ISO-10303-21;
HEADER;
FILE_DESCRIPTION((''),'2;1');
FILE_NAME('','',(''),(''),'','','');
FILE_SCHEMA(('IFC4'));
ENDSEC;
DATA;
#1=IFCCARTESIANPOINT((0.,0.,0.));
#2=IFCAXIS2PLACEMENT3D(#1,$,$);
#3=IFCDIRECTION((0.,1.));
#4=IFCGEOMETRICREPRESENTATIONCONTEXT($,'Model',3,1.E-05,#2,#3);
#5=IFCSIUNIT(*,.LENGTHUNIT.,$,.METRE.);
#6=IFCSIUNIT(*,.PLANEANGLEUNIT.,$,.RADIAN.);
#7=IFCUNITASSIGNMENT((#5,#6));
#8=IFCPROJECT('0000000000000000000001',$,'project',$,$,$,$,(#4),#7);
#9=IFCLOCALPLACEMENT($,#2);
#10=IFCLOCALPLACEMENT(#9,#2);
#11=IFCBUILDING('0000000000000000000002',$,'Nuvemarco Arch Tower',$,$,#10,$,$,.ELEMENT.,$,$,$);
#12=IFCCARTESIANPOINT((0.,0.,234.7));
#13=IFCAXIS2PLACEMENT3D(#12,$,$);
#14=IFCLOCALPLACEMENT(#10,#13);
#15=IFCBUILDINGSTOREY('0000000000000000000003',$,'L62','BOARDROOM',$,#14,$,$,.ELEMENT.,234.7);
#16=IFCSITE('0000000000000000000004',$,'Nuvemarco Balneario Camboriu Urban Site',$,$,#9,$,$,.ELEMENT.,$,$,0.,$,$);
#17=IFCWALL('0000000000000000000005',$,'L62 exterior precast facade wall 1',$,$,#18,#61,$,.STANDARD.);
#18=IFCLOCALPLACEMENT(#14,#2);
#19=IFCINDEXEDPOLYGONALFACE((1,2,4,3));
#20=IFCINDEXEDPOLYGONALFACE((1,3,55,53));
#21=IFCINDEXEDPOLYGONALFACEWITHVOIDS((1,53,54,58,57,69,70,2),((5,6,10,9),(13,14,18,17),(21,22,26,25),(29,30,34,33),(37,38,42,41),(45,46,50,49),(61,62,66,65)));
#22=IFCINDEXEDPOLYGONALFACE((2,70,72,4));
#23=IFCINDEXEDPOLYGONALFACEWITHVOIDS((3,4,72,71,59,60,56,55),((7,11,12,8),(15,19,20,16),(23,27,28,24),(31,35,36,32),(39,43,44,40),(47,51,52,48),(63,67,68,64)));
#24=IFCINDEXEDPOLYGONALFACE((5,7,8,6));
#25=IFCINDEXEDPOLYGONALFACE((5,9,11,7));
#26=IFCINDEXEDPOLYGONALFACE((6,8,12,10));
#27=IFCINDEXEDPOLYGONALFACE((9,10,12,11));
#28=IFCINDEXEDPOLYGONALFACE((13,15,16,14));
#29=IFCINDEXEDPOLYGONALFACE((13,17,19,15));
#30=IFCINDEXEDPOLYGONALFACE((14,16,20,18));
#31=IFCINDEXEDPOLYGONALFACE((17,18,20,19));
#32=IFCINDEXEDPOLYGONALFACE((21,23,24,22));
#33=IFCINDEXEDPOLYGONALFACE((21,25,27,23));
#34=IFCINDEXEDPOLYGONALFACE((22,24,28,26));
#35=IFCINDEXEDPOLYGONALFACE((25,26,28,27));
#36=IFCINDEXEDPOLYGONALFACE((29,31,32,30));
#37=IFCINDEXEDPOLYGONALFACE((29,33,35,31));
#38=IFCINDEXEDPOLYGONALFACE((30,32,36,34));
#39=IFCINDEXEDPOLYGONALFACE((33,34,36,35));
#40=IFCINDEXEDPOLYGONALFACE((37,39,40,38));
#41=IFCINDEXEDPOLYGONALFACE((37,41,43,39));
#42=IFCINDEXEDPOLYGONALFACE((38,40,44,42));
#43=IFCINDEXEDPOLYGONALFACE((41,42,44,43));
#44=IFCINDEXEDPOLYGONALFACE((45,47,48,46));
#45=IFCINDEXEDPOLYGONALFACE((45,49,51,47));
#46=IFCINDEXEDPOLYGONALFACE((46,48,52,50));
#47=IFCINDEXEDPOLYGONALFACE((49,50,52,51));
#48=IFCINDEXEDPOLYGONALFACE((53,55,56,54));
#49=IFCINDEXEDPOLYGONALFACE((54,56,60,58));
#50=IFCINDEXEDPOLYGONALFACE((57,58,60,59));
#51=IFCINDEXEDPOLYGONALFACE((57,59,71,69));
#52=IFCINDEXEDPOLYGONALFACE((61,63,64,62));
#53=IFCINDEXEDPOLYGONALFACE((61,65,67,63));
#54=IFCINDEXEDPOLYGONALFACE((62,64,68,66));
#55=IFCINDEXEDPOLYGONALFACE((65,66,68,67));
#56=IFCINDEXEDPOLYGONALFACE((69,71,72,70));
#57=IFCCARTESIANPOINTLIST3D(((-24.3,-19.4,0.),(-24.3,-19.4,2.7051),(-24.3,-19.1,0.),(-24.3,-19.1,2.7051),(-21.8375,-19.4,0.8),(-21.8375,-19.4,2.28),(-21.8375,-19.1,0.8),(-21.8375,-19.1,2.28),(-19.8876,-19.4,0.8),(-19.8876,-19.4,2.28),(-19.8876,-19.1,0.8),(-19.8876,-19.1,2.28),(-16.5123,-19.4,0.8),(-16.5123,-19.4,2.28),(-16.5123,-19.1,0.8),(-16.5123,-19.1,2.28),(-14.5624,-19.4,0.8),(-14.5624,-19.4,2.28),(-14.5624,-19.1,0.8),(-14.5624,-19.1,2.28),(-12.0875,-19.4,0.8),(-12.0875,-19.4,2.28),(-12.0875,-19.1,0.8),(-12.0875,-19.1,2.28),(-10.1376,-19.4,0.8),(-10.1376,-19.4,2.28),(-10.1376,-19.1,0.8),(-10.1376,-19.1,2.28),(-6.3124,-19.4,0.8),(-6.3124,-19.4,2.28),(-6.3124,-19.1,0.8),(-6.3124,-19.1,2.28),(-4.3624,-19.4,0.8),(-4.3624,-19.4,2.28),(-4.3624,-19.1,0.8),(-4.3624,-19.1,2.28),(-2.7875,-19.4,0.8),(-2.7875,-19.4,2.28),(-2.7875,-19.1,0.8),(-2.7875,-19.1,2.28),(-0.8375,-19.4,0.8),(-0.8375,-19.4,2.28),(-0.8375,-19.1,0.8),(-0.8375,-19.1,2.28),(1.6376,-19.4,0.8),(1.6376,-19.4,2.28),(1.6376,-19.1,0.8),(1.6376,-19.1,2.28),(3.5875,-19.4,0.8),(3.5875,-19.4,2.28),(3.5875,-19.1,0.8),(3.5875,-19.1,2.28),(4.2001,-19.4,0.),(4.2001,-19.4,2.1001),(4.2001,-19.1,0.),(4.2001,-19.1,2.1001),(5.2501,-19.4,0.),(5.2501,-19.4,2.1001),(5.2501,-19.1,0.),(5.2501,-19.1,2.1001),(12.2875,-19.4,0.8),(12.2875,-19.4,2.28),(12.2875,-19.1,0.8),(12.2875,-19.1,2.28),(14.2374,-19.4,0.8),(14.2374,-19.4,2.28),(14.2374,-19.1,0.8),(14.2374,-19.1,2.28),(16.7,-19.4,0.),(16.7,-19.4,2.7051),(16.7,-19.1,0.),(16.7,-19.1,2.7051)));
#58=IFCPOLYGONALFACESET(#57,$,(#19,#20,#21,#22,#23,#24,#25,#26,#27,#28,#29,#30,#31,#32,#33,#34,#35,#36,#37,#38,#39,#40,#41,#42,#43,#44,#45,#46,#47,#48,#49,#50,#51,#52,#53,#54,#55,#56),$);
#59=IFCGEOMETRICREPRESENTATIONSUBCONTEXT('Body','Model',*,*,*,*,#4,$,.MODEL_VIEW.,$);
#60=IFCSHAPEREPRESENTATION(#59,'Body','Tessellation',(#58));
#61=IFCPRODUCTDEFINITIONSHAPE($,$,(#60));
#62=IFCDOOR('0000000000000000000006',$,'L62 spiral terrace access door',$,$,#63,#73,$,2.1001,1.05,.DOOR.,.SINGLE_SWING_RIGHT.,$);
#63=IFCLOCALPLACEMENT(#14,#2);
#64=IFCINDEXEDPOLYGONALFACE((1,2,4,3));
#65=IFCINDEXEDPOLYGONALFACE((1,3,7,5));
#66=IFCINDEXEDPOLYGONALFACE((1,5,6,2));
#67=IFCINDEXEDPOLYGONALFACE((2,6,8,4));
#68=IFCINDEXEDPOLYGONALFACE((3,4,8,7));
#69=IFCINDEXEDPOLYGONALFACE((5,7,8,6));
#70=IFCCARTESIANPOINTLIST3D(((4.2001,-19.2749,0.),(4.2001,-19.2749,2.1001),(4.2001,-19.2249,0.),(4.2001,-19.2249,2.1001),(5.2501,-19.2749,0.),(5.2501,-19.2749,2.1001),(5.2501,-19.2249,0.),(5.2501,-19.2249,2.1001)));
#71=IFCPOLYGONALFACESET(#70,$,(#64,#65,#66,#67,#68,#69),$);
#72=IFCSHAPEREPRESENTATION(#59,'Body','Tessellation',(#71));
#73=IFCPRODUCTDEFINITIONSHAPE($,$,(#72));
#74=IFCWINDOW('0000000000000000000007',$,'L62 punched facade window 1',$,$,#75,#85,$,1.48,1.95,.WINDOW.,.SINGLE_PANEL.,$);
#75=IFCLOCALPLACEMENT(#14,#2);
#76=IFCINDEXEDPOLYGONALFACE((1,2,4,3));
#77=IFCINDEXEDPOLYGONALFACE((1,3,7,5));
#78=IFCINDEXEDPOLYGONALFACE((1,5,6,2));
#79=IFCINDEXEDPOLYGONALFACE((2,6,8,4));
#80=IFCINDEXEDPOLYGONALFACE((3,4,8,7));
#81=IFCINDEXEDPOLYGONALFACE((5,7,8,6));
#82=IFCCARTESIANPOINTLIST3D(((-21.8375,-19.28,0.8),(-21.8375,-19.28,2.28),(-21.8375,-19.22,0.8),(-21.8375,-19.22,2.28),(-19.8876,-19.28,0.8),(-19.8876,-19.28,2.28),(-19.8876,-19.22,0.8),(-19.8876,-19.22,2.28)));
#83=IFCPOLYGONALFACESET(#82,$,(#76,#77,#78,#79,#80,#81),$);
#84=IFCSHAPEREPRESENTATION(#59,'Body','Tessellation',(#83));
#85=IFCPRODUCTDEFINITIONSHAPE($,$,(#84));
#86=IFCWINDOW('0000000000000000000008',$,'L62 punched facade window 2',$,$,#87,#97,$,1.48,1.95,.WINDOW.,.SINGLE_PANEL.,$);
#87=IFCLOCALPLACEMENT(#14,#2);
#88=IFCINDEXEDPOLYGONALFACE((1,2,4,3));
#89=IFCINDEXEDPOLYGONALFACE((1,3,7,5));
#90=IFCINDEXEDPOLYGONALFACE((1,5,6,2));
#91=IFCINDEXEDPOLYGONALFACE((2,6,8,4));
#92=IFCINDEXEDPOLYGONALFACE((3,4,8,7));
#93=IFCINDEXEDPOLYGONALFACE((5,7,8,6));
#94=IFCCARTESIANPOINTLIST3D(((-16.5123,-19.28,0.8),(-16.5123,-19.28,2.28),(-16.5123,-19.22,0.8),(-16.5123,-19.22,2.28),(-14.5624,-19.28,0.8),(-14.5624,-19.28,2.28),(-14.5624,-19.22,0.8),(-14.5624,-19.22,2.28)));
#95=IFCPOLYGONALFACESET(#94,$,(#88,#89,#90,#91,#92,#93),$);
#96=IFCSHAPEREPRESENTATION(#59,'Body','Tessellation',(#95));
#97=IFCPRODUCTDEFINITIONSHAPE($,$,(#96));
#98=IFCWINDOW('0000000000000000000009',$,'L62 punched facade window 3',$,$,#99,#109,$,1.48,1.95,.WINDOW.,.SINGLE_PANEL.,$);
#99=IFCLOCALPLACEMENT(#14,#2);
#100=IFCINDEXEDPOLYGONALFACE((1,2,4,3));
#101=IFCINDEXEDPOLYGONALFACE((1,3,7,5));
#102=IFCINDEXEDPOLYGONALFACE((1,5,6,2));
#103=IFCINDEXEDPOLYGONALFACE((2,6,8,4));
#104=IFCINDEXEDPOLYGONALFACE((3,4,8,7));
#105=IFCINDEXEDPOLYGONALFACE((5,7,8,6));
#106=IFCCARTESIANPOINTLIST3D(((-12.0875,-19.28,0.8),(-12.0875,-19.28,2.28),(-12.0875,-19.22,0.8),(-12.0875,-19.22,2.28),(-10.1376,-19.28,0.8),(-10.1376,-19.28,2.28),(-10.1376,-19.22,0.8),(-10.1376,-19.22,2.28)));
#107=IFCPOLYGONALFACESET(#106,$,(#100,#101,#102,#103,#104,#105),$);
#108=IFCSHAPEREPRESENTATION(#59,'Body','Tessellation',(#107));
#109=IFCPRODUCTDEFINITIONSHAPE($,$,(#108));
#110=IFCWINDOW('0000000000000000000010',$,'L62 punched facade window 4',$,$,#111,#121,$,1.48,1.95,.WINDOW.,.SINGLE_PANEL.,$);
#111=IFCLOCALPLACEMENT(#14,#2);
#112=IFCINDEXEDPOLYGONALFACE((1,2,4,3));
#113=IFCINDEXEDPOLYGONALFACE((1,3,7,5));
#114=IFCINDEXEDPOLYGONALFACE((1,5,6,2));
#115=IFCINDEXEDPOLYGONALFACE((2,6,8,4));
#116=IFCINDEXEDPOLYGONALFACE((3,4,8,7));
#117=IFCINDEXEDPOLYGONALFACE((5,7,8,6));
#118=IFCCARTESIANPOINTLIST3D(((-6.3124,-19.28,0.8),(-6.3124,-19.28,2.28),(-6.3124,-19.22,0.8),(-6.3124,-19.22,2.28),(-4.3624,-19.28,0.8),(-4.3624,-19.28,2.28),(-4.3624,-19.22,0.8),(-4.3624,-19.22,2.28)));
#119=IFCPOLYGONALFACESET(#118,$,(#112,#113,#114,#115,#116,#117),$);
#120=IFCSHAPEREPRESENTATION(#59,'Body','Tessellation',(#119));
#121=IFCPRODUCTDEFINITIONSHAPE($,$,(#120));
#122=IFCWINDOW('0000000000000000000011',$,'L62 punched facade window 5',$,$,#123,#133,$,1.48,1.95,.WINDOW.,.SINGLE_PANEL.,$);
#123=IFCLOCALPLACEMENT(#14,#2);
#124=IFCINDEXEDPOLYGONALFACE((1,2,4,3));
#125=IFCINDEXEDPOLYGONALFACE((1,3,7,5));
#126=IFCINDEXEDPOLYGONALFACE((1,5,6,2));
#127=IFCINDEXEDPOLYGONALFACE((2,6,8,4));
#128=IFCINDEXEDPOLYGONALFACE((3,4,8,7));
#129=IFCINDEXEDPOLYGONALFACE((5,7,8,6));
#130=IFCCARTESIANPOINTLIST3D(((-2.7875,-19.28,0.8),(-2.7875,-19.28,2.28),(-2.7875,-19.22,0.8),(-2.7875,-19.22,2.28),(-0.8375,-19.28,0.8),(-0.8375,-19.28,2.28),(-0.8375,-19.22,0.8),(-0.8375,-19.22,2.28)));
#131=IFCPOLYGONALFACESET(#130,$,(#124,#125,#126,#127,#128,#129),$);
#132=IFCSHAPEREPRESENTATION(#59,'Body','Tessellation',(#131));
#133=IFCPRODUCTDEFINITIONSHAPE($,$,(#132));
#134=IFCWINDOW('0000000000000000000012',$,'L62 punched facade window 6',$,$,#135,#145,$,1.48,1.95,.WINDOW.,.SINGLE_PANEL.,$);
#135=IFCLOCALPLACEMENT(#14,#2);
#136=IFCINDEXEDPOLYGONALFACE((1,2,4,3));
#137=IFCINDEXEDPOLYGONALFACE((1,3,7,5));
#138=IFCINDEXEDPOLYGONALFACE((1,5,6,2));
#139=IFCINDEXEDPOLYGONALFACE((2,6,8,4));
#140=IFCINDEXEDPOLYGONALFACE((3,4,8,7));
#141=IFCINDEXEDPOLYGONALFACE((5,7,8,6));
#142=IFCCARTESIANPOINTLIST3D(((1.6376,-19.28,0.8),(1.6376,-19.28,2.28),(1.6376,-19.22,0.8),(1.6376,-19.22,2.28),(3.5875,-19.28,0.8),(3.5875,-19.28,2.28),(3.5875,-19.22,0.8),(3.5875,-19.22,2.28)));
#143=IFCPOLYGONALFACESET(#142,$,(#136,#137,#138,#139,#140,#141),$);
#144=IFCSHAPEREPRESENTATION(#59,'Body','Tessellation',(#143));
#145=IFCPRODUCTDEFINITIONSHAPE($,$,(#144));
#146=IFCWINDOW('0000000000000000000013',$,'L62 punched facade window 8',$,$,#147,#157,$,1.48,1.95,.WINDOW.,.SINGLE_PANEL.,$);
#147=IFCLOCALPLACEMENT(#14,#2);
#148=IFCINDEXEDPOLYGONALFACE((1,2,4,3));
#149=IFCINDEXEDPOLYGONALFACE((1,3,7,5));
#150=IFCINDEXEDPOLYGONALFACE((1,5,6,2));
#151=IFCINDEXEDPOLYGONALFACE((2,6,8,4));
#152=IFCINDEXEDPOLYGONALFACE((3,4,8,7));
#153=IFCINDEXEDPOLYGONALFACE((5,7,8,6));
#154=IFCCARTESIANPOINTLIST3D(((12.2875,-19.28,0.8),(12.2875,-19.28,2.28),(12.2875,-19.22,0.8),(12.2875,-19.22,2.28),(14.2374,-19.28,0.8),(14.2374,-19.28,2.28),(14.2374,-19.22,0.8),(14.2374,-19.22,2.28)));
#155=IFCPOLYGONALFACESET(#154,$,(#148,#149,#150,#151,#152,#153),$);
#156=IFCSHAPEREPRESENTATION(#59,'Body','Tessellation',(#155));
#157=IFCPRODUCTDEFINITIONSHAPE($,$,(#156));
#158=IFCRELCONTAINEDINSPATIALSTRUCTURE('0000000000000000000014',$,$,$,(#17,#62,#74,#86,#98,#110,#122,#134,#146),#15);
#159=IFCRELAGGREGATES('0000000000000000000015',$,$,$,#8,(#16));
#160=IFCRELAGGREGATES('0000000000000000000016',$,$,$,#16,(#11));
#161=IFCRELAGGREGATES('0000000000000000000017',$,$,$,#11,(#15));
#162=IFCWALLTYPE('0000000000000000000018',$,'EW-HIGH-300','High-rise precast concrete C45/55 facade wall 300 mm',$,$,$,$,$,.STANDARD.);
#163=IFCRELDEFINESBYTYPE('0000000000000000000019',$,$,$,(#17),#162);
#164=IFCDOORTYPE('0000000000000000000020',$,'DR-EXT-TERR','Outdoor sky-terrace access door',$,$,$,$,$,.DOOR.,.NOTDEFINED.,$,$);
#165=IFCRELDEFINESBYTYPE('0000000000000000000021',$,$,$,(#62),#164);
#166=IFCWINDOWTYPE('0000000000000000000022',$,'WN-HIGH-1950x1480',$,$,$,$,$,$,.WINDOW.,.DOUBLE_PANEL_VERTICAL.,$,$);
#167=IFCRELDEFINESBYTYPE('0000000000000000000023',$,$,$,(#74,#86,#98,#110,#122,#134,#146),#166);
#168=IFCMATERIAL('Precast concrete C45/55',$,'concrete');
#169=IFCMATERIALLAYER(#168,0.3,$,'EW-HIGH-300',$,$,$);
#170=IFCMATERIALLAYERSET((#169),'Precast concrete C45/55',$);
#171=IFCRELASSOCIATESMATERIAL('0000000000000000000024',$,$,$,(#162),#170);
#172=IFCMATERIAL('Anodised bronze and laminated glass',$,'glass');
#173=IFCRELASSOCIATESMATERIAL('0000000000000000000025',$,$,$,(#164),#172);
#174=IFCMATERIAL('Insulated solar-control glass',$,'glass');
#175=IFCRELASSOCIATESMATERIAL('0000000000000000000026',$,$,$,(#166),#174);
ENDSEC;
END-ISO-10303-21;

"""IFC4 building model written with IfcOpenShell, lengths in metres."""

from ifc_helpers import new_model, si_unit, direction, frame, frame_2d, origin, place, context, subcontext, project, spatial, rectangle, extrude, source, transform, mapped, material, layer, layer_set, type_object, type_shapes, element, fill, save


model = new_model("IFC4")

# Units and contexts
model_context = context("Model", 3, precision=1e-05, world=origin(), true_north=direction((0.0, 1.0)))
body_context = subcontext(model_context, "Body", "Model", "MODEL_VIEW")
ifc_project = project(units=[si_unit("LENGTHUNIT", "METRE"), si_unit("PLANEANGLEUNIT", "RADIAN")], contexts=[model_context])

# Site, building, storey
site_placement = place(None, origin())
site = spatial("IfcSite", under=ifc_project, at=site_placement, Name="Nuvemarco Balneario Camboriu Urban Site", CompositionType="ELEMENT", RefElevation=0.0)
building_placement = place(site_placement, origin())
building = spatial("IfcBuilding", under=site, at=building_placement, Name="Nuvemarco Arch Tower", CompositionType="ELEMENT")
storey_placement = place(building_placement, frame((0.0, 0.0, 234.7)))
storey = spatial("IfcBuildingStorey", under=building, at=storey_placement, Name="L62", Description="BOARDROOM", CompositionType="ELEMENT", Elevation=234.7)

# Wall, openings, door, windows
ifc_material_1 = material(Name="Precast concrete C45/55", Category="concrete")
ifc_layer_1 = layer(ifc_material_1, 0.3, Name="EW-HIGH-300")
ifc_layer_set_1 = layer_set([ifc_layer_1], Name="Precast concrete C45/55")
wall_type_1 = type_object("IfcWallType", Name="EW-HIGH-300", Description="High-rise precast concrete C45/55 facade wall 300 mm", PredefinedType="STANDARD", material=ifc_layer_set_1)
wall_1_placement = place(storey_placement, frame((-24.3, -19.25, 0.0), z_axis=(0.0, 0.0, 1.0), x_axis=(1.0, 0.0, 0.0)))
wall_1 = element("IfcWall", 1, at=wall_1_placement, inside=storey, type_object=wall_type_1, Name="L62 exterior precast facade wall 1", PredefinedType="STANDARD", context=body_context, shape_type="SweptSolid", body=[
    extrude(rectangle(XDim=41.0, YDim=0.3, at=frame_2d((20.5, 0.0))), origin(), (0.0, 0.0, 1.0), 2.7051),
])
opening_1_placement = place(wall_1_placement, frame((29.55, 0.0, 0.0), z_axis=(0.0, 0.0, 1.0), x_axis=(-1.0, 0.0, 0.0)))
opening_1 = element("IfcOpeningElement", 2, at=opening_1_placement, cuts=wall_1, PredefinedType="OPENING", context=body_context, shape_type="SweptSolid", body=[
    extrude(rectangle(XDim=1.05, YDim=2.1001, at=frame_2d((0.5249, 1.05))), frame((0.0, 0.1599, 0.0), z_axis=(0.0, -1.0, 0.0), x_axis=(1.0, 0.0, 0.0)), (0.0, 0.0, 1.0), 0.3201),
])
opening_2_placement = place(wall_1_placement, frame((2.4624, 0.0, 0.8)))
opening_2 = element("IfcOpeningElement", 3, at=opening_2_placement, cuts=wall_1, PredefinedType="OPENING", context=body_context, shape_type="SweptSolid", body=[
    extrude(rectangle(XDim=1.95, YDim=1.48, at=frame_2d((0.9751, 0.74))), frame((0.0, 0.1599, 0.0), z_axis=(0.0, -1.0, 0.0), x_axis=(1.0, 0.0, 0.0)), (0.0, 0.0, 1.0), 0.3201),
])
opening_3_placement = place(wall_1_placement, frame((7.7876, 0.0, 0.8)))
opening_3 = element("IfcOpeningElement", 4, at=opening_3_placement, cuts=wall_1, PredefinedType="OPENING", context=body_context, shape_type="SweptSolid", body=[
    extrude(rectangle(XDim=1.95, YDim=1.48, at=frame_2d((0.9751, 0.74))), frame((0.0, 0.1599, 0.0), z_axis=(0.0, -1.0, 0.0), x_axis=(1.0, 0.0, 0.0)), (0.0, 0.0, 1.0), 0.3201),
])
opening_4_placement = place(wall_1_placement, frame((12.2124, 0.0, 0.8)))
opening_4 = element("IfcOpeningElement", 5, at=opening_4_placement, cuts=wall_1, PredefinedType="OPENING", context=body_context, shape_type="SweptSolid", body=[
    extrude(rectangle(XDim=1.95, YDim=1.48, at=frame_2d((0.9751, 0.74))), frame((0.0, 0.1599, 0.0), z_axis=(0.0, -1.0, 0.0), x_axis=(1.0, 0.0, 0.0)), (0.0, 0.0, 1.0), 0.3201),
])
opening_5_placement = place(wall_1_placement, frame((17.9875, 0.0, 0.8)))
opening_5 = element("IfcOpeningElement", 6, at=opening_5_placement, cuts=wall_1, PredefinedType="OPENING", context=body_context, shape_type="SweptSolid", body=[
    extrude(rectangle(XDim=1.95, YDim=1.48, at=frame_2d((0.9751, 0.74))), frame((0.0, 0.1599, 0.0), z_axis=(0.0, -1.0, 0.0), x_axis=(1.0, 0.0, 0.0)), (0.0, 0.0, 1.0), 0.3201),
])
opening_6_placement = place(wall_1_placement, frame((21.5125, 0.0, 0.8)))
opening_6 = element("IfcOpeningElement", 7, at=opening_6_placement, cuts=wall_1, PredefinedType="OPENING", context=body_context, shape_type="SweptSolid", body=[
    extrude(rectangle(XDim=1.95, YDim=1.48, at=frame_2d((0.9751, 0.74))), frame((0.0, 0.1599, 0.0), z_axis=(0.0, -1.0, 0.0), x_axis=(1.0, 0.0, 0.0)), (0.0, 0.0, 1.0), 0.3201),
])
opening_7_placement = place(wall_1_placement, frame((25.9375, 0.0, 0.8)))
opening_7 = element("IfcOpeningElement", 8, at=opening_7_placement, cuts=wall_1, PredefinedType="OPENING", context=body_context, shape_type="SweptSolid", body=[
    extrude(rectangle(XDim=1.95, YDim=1.48, at=frame_2d((0.9751, 0.74))), frame((0.0, 0.1599, 0.0), z_axis=(0.0, -1.0, 0.0), x_axis=(1.0, 0.0, 0.0)), (0.0, 0.0, 1.0), 0.3201),
])
opening_8_placement = place(wall_1_placement, frame((36.5874, 0.0, 0.8)))
opening_8 = element("IfcOpeningElement", 9, at=opening_8_placement, cuts=wall_1, PredefinedType="OPENING", context=body_context, shape_type="SweptSolid", body=[
    extrude(rectangle(XDim=1.95, YDim=1.48, at=frame_2d((0.9751, 0.74))), frame((0.0, 0.1599, 0.0), z_axis=(0.0, -1.0, 0.0), x_axis=(1.0, 0.0, 0.0)), (0.0, 0.0, 1.0), 0.3201),
])
ifc_material_2 = material(Name="Anodised bronze and laminated glass", Category="glass")
door_type_1 = type_object("IfcDoorType", Name="DR-EXT-TERR", Description="Outdoor sky-terrace access door", OperationType="NOTDEFINED", PredefinedType="DOOR", material=ifc_material_2)
shared_shape_1 = source(origin(), body_context, "Body", "SweptSolid", [
    extrude(rectangle(XDim=1.05, YDim=2.1001, at=frame_2d((0.5249, 1.05))), frame((0.0, 0.0249, 0.0), z_axis=(0.0, -1.0, 0.0), x_axis=(1.0, 0.0, 0.0)), (0.0, 0.0, 1.0), 0.05),
])
type_shapes(door_type_1, [shared_shape_1])
door_1_placement = place(opening_1_placement, origin())
door_1 = element("IfcDoor", 10, at=door_1_placement, inside=storey, type_object=door_type_1, Name="L62 spiral terrace access door", OperationType="SINGLE_SWING_RIGHT", OverallHeight=2.1001, OverallWidth=1.05, PredefinedType="DOOR", context=body_context, shape_type="MappedRepresentation", body=[
    mapped(shared_shape_1, transform((0.0, 0.0, 0.0), scale=1.0)),
])
fill(opening_1, door_1)
ifc_material_3 = material(Name="Insulated solar-control glass", Category="glass")
window_type = type_object("IfcWindowType", Name="WN-HIGH-1950x1480", PartitioningType="DOUBLE_PANEL_VERTICAL", PredefinedType="WINDOW", material=ifc_material_3)
shared_shape_2 = source(origin(), body_context, "Body", "SweptSolid", [
    extrude(rectangle(XDim=1.95, YDim=1.48, at=frame_2d((0.9751, 0.74))), frame((0.0, 0.03, 0.0), z_axis=(0.0, -1.0, 0.0), x_axis=(1.0, 0.0, 0.0)), (0.0, 0.0, 1.0), 0.0601),
])
type_shapes(window_type, [shared_shape_2])
window_1_placement = place(opening_2_placement, origin())
window_1 = element("IfcWindow", 11, at=window_1_placement, inside=storey, type_object=window_type, Name="L62 punched facade window 1", OverallHeight=1.48, OverallWidth=1.95, PartitioningType="SINGLE_PANEL", PredefinedType="WINDOW", context=body_context, shape_type="MappedRepresentation", body=[
    mapped(shared_shape_2, transform((0.0, 0.0, 0.0), scale=1.0)),
])
fill(opening_2, window_1)
window_2_placement = place(opening_3_placement, origin())
window_2 = element("IfcWindow", 12, at=window_2_placement, inside=storey, type_object=window_type, Name="L62 punched facade window 2", OverallHeight=1.48, OverallWidth=1.95, PartitioningType="SINGLE_PANEL", PredefinedType="WINDOW", context=body_context, shape_type="MappedRepresentation", body=[
    mapped(shared_shape_2, transform((0.0, 0.0, 0.0), scale=1.0)),
])
fill(opening_3, window_2)
window_3_placement = place(opening_4_placement, origin())
window_3 = element("IfcWindow", 13, at=window_3_placement, inside=storey, type_object=window_type, Name="L62 punched facade window 3", OverallHeight=1.48, OverallWidth=1.95, PartitioningType="SINGLE_PANEL", PredefinedType="WINDOW", context=body_context, shape_type="MappedRepresentation", body=[
    mapped(shared_shape_2, transform((0.0, 0.0, 0.0), scale=1.0)),
])
fill(opening_4, window_3)
window_4_placement = place(opening_5_placement, origin())
window_4 = element("IfcWindow", 14, at=window_4_placement, inside=storey, type_object=window_type, Name="L62 punched facade window 4", OverallHeight=1.48, OverallWidth=1.95, PartitioningType="SINGLE_PANEL", PredefinedType="WINDOW", context=body_context, shape_type="MappedRepresentation", body=[
    mapped(shared_shape_2, transform((0.0, 0.0, 0.0), scale=1.0)),
])
fill(opening_5, window_4)
window_5_placement = place(opening_6_placement, origin())
window_5 = element("IfcWindow", 15, at=window_5_placement, inside=storey, type_object=window_type, Name="L62 punched facade window 5", OverallHeight=1.48, OverallWidth=1.95, PartitioningType="SINGLE_PANEL", PredefinedType="WINDOW", context=body_context, shape_type="MappedRepresentation", body=[
    mapped(shared_shape_2, transform((0.0, 0.0, 0.0), scale=1.0)),
])
fill(opening_6, window_5)
window_6_placement = place(opening_7_placement, origin())
window_6 = element("IfcWindow", 16, at=window_6_placement, inside=storey, type_object=window_type, Name="L62 punched facade window 6", OverallHeight=1.48, OverallWidth=1.95, PartitioningType="SINGLE_PANEL", PredefinedType="WINDOW", context=body_context, shape_type="MappedRepresentation", body=[
    mapped(shared_shape_2, transform((0.0, 0.0, 0.0), scale=1.0)),
])
fill(opening_7, window_6)
window_7_placement = place(opening_8_placement, origin())
window_7 = element("IfcWindow", 17, at=window_7_placement, inside=storey, type_object=window_type, Name="L62 punched facade window 8", OverallHeight=1.48, OverallWidth=1.95, PartitioningType="SINGLE_PANEL", PredefinedType="WINDOW", context=body_context, shape_type="MappedRepresentation", body=[
    mapped(shared_shape_2, transform((0.0, 0.0, 0.0), scale=1.0)),
])
fill(opening_8, window_7)

save(model, "model.ifc")
